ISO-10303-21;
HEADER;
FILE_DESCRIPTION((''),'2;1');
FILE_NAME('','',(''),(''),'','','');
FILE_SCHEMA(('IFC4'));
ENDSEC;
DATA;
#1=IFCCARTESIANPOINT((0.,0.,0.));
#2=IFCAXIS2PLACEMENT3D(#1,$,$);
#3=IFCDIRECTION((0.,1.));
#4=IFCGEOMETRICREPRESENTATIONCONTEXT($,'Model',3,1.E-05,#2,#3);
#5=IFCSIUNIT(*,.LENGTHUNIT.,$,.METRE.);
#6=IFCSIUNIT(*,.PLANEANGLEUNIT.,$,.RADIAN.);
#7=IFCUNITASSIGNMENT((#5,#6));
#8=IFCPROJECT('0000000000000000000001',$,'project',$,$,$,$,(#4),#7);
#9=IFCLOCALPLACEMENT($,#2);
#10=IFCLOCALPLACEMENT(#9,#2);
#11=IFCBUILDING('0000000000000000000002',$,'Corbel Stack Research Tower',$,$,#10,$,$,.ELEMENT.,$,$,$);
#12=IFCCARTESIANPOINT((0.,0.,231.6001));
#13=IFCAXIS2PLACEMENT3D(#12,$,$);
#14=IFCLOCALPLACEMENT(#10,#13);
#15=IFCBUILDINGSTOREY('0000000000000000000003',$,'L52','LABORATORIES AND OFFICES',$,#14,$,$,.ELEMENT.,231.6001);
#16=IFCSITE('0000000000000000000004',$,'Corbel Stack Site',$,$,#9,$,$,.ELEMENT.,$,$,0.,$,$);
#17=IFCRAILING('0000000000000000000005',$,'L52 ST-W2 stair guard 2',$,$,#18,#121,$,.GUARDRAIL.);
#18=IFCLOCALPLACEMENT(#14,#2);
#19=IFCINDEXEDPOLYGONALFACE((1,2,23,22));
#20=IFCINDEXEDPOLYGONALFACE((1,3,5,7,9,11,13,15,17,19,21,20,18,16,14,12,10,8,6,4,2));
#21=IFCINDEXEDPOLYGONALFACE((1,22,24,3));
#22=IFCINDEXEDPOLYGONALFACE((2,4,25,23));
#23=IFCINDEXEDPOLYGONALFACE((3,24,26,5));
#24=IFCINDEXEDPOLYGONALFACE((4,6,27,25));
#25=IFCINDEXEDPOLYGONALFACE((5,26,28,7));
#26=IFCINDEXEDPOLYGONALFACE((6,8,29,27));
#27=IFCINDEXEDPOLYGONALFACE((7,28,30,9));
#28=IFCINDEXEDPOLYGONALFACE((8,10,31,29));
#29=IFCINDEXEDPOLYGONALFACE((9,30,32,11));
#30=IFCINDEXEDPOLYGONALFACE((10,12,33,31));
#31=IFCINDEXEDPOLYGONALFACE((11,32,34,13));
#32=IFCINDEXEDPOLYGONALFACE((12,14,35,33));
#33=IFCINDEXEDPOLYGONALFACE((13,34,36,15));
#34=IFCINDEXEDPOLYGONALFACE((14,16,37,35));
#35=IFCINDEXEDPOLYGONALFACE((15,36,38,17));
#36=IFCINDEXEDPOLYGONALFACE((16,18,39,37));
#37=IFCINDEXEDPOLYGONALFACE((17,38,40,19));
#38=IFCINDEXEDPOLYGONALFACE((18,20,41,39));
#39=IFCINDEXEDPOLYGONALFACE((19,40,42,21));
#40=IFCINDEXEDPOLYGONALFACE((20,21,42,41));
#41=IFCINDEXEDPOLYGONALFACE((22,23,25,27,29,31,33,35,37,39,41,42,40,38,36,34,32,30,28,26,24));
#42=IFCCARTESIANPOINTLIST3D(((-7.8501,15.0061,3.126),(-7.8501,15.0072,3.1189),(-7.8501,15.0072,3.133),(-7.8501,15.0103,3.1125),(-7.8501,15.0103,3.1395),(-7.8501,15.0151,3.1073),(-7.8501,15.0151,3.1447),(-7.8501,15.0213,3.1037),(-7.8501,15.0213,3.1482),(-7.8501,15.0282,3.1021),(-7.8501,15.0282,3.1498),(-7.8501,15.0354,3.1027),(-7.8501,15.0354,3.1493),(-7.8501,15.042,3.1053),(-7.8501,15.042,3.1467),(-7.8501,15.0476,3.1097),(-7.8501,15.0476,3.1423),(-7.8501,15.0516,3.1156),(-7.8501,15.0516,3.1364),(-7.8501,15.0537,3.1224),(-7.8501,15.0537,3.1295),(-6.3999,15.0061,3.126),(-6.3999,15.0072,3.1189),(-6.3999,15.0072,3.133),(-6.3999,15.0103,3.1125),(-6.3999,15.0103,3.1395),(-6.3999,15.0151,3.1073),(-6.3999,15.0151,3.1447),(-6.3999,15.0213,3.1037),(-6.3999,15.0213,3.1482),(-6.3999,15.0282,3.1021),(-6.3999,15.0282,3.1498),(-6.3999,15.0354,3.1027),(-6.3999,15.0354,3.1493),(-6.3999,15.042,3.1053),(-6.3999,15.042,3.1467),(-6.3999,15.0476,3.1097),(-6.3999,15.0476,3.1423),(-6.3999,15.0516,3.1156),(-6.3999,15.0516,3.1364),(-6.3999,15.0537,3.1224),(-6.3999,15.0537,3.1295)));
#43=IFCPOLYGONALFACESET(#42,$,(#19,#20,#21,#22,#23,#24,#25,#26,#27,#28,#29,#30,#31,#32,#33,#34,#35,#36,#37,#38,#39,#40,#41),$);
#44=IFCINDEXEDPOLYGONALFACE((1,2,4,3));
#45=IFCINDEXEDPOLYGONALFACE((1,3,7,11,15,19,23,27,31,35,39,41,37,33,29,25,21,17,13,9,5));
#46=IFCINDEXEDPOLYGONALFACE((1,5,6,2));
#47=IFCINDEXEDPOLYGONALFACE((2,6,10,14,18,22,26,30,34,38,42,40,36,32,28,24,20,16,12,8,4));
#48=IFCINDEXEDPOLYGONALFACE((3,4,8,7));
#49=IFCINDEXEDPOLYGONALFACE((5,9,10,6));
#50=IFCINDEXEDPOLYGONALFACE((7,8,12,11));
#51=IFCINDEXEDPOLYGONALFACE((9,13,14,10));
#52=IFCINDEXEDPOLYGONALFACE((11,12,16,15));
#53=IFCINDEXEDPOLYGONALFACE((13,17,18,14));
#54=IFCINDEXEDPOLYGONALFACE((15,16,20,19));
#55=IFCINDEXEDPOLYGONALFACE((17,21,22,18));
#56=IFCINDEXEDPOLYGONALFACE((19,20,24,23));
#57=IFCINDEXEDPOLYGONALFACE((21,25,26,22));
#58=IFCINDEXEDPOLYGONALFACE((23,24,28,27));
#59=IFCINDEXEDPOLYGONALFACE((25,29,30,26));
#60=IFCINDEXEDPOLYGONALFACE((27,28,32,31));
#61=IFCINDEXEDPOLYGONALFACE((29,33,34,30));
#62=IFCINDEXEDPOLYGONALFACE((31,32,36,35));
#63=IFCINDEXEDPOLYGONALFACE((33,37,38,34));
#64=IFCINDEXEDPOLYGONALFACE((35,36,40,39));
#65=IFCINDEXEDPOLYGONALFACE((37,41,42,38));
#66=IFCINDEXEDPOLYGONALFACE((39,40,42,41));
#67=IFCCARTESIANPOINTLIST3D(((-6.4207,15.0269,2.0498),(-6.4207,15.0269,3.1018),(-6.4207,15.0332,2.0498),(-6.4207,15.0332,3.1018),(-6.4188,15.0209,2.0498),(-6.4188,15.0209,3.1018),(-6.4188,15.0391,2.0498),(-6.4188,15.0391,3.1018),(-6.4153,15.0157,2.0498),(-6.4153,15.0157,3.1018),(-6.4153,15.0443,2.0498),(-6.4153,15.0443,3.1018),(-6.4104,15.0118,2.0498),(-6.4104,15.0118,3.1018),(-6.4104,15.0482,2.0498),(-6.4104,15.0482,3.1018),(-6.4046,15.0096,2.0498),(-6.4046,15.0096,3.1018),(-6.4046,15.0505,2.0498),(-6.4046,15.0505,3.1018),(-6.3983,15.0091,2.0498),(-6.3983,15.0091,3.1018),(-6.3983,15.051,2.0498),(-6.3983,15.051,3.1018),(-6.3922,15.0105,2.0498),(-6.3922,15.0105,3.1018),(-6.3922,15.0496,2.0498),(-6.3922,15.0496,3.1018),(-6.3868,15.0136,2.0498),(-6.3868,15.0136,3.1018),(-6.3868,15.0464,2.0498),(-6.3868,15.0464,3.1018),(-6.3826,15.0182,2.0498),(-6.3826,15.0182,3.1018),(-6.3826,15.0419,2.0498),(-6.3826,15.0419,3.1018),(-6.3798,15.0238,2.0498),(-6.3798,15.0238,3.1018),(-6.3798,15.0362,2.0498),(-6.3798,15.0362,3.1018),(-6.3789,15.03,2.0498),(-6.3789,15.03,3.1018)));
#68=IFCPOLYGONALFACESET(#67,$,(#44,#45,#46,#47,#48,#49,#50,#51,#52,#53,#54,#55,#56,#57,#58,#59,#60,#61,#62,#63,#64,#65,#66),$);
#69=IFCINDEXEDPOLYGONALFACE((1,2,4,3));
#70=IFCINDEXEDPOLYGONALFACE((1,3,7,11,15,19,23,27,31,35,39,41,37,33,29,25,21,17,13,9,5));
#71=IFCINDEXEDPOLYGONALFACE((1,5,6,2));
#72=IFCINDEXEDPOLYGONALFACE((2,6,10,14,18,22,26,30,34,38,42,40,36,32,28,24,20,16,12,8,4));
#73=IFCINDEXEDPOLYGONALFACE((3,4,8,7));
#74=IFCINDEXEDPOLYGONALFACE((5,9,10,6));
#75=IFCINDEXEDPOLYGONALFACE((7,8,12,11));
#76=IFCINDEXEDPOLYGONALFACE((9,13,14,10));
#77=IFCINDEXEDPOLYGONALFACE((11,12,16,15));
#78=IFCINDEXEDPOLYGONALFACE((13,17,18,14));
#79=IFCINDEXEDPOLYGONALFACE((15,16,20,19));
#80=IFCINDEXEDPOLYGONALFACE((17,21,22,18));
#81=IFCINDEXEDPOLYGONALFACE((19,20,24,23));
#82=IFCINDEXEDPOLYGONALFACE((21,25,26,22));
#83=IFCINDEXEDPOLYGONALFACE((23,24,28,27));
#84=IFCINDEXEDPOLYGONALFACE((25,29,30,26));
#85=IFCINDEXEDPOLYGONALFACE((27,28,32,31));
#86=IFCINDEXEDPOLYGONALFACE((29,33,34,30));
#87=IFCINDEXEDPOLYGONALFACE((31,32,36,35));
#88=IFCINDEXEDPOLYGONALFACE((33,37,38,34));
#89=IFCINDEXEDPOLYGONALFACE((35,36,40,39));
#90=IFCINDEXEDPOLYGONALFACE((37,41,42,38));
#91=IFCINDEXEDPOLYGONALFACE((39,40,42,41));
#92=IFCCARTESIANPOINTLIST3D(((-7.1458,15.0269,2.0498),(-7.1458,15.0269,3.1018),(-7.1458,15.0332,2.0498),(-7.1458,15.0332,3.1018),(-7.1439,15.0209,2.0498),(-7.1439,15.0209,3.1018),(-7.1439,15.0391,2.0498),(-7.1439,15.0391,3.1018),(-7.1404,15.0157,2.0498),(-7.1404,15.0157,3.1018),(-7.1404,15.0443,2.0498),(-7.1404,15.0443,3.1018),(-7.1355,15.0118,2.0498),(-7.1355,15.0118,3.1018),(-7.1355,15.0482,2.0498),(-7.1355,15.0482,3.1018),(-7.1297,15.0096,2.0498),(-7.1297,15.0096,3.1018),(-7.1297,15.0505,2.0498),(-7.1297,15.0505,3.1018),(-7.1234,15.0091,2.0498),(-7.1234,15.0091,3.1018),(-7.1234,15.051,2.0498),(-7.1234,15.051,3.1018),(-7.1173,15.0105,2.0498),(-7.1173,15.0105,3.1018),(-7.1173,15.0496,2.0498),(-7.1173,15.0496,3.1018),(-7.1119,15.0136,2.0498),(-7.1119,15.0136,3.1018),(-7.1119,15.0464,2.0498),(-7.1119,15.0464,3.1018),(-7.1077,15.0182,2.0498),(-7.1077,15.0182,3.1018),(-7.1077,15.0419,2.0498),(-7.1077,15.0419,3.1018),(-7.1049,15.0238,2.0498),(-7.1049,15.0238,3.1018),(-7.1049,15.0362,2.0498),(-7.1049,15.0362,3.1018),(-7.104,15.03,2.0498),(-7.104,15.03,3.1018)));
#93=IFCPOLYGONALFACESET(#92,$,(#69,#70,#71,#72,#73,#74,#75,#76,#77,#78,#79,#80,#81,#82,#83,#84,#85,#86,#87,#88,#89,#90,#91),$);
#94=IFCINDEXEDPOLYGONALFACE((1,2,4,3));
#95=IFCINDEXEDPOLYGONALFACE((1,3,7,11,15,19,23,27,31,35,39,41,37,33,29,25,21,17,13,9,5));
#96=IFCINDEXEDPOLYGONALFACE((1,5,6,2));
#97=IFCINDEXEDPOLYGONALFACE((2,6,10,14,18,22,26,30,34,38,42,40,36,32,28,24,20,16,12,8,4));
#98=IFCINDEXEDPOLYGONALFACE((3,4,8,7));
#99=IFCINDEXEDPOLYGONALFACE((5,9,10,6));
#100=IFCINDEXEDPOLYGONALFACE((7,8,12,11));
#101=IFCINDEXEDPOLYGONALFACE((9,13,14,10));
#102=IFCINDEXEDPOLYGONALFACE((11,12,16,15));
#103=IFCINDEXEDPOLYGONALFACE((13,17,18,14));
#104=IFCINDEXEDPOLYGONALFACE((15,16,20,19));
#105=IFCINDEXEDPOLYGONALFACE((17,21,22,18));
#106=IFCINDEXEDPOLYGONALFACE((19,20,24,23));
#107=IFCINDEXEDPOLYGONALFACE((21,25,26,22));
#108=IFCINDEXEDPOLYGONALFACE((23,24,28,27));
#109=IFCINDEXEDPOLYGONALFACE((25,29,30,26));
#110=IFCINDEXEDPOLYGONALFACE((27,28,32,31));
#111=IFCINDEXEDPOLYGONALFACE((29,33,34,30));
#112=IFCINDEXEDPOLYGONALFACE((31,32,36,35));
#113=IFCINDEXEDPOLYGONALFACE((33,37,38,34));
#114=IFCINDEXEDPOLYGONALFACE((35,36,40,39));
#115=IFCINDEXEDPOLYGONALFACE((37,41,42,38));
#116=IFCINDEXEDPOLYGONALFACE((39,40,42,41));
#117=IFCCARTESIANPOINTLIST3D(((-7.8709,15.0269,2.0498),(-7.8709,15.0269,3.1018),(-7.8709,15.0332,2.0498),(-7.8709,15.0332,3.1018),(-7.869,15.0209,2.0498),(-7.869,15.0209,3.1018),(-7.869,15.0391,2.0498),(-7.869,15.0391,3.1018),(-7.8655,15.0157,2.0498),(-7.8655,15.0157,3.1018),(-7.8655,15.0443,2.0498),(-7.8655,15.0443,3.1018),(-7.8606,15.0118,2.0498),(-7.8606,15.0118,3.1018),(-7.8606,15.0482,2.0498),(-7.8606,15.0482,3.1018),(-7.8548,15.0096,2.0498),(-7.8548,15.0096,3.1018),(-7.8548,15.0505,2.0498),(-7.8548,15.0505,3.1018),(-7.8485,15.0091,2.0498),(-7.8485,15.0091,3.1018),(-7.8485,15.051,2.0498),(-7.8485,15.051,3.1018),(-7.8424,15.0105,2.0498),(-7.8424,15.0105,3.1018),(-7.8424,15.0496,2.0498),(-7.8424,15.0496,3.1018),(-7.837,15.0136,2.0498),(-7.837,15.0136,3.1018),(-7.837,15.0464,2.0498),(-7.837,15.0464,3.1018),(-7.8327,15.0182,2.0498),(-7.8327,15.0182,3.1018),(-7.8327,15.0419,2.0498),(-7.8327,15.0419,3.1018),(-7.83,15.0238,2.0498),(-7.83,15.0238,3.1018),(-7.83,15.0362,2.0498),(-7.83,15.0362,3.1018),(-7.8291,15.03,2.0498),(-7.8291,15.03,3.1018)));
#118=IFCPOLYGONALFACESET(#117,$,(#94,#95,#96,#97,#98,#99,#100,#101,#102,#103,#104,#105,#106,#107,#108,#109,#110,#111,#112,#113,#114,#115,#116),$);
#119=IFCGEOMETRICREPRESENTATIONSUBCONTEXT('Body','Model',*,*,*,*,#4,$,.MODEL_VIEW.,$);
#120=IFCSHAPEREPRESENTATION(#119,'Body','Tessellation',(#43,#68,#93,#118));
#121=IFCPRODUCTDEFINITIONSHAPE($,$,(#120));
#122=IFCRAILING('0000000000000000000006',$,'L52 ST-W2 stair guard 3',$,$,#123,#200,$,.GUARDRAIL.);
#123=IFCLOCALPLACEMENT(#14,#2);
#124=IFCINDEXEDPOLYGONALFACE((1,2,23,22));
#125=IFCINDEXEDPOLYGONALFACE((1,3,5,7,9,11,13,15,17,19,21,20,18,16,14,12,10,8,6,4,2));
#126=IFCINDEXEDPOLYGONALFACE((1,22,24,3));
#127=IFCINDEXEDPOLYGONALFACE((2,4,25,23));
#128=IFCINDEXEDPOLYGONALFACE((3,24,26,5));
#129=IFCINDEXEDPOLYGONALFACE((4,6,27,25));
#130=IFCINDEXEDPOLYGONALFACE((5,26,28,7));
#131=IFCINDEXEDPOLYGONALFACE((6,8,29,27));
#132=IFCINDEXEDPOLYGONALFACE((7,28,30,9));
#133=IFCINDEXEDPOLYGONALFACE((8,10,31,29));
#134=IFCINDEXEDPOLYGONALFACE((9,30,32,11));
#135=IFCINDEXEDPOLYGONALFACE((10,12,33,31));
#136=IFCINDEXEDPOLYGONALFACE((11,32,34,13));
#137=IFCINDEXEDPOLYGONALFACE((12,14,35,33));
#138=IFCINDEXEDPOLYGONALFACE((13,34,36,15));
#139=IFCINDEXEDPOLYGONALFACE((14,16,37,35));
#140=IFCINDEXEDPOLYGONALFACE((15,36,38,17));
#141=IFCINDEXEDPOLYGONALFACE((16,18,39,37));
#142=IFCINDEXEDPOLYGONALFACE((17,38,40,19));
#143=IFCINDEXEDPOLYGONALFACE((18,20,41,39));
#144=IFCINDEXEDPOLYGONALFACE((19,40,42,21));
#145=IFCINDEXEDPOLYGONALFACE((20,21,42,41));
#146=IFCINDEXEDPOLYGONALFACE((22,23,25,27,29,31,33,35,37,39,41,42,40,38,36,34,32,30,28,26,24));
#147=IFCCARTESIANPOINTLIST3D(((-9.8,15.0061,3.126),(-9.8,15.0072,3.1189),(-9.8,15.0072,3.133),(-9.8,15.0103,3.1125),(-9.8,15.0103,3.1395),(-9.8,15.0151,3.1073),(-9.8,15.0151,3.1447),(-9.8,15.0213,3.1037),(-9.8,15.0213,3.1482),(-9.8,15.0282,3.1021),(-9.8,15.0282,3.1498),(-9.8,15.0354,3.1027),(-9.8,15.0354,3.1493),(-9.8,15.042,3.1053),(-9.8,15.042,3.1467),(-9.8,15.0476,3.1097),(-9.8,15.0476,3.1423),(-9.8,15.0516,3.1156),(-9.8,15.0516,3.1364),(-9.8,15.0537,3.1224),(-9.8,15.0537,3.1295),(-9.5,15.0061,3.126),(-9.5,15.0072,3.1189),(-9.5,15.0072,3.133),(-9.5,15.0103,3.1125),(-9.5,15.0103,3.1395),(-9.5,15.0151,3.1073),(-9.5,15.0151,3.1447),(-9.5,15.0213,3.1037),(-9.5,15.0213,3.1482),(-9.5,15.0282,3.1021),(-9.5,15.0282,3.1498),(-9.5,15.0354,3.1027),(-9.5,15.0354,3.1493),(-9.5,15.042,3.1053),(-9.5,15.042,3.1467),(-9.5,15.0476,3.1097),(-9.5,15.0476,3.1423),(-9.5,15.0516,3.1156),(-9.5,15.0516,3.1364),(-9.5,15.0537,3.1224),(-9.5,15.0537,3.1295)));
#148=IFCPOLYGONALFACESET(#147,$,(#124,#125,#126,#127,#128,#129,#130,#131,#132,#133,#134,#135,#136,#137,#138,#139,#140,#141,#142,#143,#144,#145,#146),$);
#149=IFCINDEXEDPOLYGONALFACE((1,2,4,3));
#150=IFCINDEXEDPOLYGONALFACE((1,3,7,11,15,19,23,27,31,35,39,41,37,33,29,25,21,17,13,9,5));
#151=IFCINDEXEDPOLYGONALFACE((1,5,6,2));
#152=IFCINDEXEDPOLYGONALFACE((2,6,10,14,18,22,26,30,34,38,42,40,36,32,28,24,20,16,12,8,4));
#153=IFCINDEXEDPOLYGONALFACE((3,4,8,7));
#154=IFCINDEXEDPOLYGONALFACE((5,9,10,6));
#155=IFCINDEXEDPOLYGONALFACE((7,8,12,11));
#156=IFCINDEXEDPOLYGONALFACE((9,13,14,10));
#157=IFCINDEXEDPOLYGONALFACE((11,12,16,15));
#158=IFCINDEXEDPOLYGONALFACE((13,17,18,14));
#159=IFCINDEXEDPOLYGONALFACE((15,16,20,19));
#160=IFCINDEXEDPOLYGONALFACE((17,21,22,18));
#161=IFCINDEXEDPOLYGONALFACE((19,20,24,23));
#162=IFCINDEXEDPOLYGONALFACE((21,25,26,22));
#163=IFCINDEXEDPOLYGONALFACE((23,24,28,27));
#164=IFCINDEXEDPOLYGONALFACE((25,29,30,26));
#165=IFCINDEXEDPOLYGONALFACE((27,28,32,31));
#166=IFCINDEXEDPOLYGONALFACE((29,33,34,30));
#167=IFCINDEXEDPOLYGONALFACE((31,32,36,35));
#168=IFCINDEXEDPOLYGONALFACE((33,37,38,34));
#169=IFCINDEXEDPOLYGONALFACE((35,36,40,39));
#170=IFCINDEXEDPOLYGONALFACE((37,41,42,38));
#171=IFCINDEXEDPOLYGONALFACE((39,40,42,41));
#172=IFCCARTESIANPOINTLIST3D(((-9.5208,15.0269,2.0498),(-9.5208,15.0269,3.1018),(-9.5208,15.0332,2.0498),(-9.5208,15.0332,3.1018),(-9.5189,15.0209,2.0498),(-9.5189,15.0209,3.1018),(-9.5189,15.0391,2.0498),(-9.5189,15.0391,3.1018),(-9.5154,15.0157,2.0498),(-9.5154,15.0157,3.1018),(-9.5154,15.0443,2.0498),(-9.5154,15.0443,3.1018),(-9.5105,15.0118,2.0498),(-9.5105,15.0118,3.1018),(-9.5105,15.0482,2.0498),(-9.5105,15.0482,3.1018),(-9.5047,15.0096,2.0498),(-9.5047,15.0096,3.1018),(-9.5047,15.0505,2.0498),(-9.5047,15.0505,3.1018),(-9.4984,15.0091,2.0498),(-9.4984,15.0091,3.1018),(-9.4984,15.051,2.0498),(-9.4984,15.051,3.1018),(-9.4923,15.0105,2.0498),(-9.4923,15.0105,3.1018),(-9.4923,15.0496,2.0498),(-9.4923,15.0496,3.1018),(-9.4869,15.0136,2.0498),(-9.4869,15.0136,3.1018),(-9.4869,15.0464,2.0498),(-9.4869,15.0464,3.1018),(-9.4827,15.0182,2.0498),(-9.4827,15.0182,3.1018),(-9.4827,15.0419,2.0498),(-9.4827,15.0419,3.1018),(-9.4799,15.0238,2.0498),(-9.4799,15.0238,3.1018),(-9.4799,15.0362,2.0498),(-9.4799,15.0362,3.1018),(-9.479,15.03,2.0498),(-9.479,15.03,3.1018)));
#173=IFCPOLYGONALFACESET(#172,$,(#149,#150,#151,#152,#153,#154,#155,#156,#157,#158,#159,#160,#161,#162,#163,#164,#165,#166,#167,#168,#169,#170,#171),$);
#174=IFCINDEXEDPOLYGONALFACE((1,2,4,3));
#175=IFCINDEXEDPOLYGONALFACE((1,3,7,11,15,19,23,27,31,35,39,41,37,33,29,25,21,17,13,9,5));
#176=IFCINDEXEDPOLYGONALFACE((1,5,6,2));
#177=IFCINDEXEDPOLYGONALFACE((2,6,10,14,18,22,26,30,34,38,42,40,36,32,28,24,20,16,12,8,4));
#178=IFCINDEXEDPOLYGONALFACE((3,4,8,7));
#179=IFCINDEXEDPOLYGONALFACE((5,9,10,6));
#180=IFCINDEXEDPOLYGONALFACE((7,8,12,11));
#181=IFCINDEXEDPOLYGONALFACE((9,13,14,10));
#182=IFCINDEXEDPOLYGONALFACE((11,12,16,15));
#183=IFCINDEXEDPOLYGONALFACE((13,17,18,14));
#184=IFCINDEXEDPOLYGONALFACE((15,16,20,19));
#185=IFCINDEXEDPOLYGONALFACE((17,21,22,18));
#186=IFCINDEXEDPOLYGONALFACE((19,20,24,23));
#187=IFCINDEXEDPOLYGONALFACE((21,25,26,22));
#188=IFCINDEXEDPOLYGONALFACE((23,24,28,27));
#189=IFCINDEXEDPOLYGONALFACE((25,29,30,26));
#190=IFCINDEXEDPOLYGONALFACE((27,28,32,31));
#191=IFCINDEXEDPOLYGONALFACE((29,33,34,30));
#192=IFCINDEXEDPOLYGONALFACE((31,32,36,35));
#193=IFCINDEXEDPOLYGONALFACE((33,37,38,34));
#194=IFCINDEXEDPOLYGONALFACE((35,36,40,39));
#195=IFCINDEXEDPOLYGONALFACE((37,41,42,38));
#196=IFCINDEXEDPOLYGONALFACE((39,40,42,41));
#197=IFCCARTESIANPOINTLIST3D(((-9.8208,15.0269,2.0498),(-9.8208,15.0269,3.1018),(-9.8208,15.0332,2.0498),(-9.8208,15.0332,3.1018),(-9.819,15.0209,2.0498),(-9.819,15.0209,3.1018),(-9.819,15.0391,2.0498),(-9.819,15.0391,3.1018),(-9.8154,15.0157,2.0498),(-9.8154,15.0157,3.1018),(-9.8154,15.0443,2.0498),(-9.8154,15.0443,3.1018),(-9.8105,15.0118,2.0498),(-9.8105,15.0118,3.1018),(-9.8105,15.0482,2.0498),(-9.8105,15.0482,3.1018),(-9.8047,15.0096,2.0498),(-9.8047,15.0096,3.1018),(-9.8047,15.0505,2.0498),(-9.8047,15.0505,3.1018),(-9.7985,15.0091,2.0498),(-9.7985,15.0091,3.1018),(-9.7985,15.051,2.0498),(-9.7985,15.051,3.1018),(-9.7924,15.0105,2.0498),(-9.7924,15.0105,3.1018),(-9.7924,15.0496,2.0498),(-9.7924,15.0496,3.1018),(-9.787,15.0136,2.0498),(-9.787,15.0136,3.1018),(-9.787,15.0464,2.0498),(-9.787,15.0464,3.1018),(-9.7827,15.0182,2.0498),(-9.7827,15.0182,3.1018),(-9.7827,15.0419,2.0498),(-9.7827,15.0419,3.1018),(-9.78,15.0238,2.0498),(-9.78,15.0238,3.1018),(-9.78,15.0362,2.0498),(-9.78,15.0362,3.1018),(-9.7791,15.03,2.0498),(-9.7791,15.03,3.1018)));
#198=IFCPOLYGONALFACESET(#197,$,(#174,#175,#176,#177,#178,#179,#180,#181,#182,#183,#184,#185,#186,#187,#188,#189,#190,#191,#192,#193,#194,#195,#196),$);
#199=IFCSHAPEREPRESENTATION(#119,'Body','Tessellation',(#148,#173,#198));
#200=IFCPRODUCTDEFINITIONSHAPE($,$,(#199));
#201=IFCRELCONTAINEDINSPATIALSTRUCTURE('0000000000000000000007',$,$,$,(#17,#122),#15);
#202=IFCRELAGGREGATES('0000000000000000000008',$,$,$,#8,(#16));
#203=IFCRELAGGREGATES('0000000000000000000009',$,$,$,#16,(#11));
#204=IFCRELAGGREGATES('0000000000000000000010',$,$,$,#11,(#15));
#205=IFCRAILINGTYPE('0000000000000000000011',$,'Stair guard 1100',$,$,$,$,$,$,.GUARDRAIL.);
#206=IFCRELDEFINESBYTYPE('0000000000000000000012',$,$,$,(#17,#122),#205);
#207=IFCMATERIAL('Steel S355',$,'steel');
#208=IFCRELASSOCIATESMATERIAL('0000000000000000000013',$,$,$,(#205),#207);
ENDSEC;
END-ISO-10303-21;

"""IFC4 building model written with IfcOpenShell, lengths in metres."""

from ifc_helpers import new_model, si_unit, direction, frame, origin, origin_2d, place, context, subcontext, project, spatial, circle, extrude, material, type_object, element, save


model = new_model("IFC4")

# Units and contexts
model_context = context("Model", 3, precision=1e-05, world=origin(), true_north=direction((0.0, 1.0)))
body_context = subcontext(model_context, "Body", "Model", "MODEL_VIEW")
ifc_project = project(units=[si_unit("LENGTHUNIT", "METRE"), si_unit("PLANEANGLEUNIT", "RADIAN")], contexts=[model_context])

# Site, building, storey
site_placement = place(None, origin())
site = spatial("IfcSite", under=ifc_project, at=site_placement, Name="Corbel Stack Site", CompositionType="ELEMENT", RefElevation=0.0)
building_placement = place(site_placement, origin())
building = spatial("IfcBuilding", under=site, at=building_placement, Name="Corbel Stack Research Tower", CompositionType="ELEMENT")
storey_placement = place(building_placement, frame((0.0, 0.0, 231.6001)))
storey = spatial("IfcBuildingStorey", under=building, at=storey_placement, Name="L52", Description="LABORATORIES AND OFFICES", CompositionType="ELEMENT", Elevation=231.6001)

# Railings
ifc_material_1 = material(Name="Steel S355", Category="steel")
railing_type_1 = type_object("IfcRailingType", Name="Stair guard 1100", PredefinedType="GUARDRAIL", material=ifc_material_1)
railing_1_placement = place(storey_placement, frame((-6.3999, 15.03, 2.0498)))
element("IfcRailing", 1, at=railing_1_placement, inside=storey, type_object=railing_type_1, Name="L52 ST-W2 stair guard 2", PredefinedType="GUARDRAIL", context=body_context, shape_type="SweptSolid", body=[
    extrude(circle(Radius=0.0239, at=origin_2d()), frame((0.0, 0.0, 1.0762), z_axis=(-1.0, 0.0, 0.0), x_axis=(0.0, -1.0, 0.0)), (0.0, 0.0, 1.0), 1.4502),
    extrude(circle(Radius=0.021, at=origin_2d()), origin(), (0.0, 0.0, 1.0), 1.052),
    extrude(circle(Radius=0.021, at=origin_2d()), frame((-0.7251, 0.0, 0.0)), (0.0, 0.0, 1.0), 1.052),
    extrude(circle(Radius=0.021, at=origin_2d()), frame((-1.4502, 0.0, 0.0)), (0.0, 0.0, 1.0), 1.052),
])
railing_2_placement = place(storey_placement, frame((-9.5, 15.03, 2.0498)))
element("IfcRailing", 2, at=railing_2_placement, inside=storey, type_object=railing_type_1, Name="L52 ST-W2 stair guard 3", PredefinedType="GUARDRAIL", context=body_context, shape_type="SweptSolid", body=[
    extrude(circle(Radius=0.0239, at=origin_2d()), frame((0.0, 0.0, 1.0762), z_axis=(-1.0, 0.0, 0.0), x_axis=(0.0, -1.0, 0.0)), (0.0, 0.0, 1.0), 0.3),
    extrude(circle(Radius=0.021, at=origin_2d()), origin(), (0.0, 0.0, 1.0), 1.052),
    extrude(circle(Radius=0.021, at=origin_2d()), frame((-0.3, 0.0, 0.0)), (0.0, 0.0, 1.0), 1.052),
])

save(model, "model.ifc")
